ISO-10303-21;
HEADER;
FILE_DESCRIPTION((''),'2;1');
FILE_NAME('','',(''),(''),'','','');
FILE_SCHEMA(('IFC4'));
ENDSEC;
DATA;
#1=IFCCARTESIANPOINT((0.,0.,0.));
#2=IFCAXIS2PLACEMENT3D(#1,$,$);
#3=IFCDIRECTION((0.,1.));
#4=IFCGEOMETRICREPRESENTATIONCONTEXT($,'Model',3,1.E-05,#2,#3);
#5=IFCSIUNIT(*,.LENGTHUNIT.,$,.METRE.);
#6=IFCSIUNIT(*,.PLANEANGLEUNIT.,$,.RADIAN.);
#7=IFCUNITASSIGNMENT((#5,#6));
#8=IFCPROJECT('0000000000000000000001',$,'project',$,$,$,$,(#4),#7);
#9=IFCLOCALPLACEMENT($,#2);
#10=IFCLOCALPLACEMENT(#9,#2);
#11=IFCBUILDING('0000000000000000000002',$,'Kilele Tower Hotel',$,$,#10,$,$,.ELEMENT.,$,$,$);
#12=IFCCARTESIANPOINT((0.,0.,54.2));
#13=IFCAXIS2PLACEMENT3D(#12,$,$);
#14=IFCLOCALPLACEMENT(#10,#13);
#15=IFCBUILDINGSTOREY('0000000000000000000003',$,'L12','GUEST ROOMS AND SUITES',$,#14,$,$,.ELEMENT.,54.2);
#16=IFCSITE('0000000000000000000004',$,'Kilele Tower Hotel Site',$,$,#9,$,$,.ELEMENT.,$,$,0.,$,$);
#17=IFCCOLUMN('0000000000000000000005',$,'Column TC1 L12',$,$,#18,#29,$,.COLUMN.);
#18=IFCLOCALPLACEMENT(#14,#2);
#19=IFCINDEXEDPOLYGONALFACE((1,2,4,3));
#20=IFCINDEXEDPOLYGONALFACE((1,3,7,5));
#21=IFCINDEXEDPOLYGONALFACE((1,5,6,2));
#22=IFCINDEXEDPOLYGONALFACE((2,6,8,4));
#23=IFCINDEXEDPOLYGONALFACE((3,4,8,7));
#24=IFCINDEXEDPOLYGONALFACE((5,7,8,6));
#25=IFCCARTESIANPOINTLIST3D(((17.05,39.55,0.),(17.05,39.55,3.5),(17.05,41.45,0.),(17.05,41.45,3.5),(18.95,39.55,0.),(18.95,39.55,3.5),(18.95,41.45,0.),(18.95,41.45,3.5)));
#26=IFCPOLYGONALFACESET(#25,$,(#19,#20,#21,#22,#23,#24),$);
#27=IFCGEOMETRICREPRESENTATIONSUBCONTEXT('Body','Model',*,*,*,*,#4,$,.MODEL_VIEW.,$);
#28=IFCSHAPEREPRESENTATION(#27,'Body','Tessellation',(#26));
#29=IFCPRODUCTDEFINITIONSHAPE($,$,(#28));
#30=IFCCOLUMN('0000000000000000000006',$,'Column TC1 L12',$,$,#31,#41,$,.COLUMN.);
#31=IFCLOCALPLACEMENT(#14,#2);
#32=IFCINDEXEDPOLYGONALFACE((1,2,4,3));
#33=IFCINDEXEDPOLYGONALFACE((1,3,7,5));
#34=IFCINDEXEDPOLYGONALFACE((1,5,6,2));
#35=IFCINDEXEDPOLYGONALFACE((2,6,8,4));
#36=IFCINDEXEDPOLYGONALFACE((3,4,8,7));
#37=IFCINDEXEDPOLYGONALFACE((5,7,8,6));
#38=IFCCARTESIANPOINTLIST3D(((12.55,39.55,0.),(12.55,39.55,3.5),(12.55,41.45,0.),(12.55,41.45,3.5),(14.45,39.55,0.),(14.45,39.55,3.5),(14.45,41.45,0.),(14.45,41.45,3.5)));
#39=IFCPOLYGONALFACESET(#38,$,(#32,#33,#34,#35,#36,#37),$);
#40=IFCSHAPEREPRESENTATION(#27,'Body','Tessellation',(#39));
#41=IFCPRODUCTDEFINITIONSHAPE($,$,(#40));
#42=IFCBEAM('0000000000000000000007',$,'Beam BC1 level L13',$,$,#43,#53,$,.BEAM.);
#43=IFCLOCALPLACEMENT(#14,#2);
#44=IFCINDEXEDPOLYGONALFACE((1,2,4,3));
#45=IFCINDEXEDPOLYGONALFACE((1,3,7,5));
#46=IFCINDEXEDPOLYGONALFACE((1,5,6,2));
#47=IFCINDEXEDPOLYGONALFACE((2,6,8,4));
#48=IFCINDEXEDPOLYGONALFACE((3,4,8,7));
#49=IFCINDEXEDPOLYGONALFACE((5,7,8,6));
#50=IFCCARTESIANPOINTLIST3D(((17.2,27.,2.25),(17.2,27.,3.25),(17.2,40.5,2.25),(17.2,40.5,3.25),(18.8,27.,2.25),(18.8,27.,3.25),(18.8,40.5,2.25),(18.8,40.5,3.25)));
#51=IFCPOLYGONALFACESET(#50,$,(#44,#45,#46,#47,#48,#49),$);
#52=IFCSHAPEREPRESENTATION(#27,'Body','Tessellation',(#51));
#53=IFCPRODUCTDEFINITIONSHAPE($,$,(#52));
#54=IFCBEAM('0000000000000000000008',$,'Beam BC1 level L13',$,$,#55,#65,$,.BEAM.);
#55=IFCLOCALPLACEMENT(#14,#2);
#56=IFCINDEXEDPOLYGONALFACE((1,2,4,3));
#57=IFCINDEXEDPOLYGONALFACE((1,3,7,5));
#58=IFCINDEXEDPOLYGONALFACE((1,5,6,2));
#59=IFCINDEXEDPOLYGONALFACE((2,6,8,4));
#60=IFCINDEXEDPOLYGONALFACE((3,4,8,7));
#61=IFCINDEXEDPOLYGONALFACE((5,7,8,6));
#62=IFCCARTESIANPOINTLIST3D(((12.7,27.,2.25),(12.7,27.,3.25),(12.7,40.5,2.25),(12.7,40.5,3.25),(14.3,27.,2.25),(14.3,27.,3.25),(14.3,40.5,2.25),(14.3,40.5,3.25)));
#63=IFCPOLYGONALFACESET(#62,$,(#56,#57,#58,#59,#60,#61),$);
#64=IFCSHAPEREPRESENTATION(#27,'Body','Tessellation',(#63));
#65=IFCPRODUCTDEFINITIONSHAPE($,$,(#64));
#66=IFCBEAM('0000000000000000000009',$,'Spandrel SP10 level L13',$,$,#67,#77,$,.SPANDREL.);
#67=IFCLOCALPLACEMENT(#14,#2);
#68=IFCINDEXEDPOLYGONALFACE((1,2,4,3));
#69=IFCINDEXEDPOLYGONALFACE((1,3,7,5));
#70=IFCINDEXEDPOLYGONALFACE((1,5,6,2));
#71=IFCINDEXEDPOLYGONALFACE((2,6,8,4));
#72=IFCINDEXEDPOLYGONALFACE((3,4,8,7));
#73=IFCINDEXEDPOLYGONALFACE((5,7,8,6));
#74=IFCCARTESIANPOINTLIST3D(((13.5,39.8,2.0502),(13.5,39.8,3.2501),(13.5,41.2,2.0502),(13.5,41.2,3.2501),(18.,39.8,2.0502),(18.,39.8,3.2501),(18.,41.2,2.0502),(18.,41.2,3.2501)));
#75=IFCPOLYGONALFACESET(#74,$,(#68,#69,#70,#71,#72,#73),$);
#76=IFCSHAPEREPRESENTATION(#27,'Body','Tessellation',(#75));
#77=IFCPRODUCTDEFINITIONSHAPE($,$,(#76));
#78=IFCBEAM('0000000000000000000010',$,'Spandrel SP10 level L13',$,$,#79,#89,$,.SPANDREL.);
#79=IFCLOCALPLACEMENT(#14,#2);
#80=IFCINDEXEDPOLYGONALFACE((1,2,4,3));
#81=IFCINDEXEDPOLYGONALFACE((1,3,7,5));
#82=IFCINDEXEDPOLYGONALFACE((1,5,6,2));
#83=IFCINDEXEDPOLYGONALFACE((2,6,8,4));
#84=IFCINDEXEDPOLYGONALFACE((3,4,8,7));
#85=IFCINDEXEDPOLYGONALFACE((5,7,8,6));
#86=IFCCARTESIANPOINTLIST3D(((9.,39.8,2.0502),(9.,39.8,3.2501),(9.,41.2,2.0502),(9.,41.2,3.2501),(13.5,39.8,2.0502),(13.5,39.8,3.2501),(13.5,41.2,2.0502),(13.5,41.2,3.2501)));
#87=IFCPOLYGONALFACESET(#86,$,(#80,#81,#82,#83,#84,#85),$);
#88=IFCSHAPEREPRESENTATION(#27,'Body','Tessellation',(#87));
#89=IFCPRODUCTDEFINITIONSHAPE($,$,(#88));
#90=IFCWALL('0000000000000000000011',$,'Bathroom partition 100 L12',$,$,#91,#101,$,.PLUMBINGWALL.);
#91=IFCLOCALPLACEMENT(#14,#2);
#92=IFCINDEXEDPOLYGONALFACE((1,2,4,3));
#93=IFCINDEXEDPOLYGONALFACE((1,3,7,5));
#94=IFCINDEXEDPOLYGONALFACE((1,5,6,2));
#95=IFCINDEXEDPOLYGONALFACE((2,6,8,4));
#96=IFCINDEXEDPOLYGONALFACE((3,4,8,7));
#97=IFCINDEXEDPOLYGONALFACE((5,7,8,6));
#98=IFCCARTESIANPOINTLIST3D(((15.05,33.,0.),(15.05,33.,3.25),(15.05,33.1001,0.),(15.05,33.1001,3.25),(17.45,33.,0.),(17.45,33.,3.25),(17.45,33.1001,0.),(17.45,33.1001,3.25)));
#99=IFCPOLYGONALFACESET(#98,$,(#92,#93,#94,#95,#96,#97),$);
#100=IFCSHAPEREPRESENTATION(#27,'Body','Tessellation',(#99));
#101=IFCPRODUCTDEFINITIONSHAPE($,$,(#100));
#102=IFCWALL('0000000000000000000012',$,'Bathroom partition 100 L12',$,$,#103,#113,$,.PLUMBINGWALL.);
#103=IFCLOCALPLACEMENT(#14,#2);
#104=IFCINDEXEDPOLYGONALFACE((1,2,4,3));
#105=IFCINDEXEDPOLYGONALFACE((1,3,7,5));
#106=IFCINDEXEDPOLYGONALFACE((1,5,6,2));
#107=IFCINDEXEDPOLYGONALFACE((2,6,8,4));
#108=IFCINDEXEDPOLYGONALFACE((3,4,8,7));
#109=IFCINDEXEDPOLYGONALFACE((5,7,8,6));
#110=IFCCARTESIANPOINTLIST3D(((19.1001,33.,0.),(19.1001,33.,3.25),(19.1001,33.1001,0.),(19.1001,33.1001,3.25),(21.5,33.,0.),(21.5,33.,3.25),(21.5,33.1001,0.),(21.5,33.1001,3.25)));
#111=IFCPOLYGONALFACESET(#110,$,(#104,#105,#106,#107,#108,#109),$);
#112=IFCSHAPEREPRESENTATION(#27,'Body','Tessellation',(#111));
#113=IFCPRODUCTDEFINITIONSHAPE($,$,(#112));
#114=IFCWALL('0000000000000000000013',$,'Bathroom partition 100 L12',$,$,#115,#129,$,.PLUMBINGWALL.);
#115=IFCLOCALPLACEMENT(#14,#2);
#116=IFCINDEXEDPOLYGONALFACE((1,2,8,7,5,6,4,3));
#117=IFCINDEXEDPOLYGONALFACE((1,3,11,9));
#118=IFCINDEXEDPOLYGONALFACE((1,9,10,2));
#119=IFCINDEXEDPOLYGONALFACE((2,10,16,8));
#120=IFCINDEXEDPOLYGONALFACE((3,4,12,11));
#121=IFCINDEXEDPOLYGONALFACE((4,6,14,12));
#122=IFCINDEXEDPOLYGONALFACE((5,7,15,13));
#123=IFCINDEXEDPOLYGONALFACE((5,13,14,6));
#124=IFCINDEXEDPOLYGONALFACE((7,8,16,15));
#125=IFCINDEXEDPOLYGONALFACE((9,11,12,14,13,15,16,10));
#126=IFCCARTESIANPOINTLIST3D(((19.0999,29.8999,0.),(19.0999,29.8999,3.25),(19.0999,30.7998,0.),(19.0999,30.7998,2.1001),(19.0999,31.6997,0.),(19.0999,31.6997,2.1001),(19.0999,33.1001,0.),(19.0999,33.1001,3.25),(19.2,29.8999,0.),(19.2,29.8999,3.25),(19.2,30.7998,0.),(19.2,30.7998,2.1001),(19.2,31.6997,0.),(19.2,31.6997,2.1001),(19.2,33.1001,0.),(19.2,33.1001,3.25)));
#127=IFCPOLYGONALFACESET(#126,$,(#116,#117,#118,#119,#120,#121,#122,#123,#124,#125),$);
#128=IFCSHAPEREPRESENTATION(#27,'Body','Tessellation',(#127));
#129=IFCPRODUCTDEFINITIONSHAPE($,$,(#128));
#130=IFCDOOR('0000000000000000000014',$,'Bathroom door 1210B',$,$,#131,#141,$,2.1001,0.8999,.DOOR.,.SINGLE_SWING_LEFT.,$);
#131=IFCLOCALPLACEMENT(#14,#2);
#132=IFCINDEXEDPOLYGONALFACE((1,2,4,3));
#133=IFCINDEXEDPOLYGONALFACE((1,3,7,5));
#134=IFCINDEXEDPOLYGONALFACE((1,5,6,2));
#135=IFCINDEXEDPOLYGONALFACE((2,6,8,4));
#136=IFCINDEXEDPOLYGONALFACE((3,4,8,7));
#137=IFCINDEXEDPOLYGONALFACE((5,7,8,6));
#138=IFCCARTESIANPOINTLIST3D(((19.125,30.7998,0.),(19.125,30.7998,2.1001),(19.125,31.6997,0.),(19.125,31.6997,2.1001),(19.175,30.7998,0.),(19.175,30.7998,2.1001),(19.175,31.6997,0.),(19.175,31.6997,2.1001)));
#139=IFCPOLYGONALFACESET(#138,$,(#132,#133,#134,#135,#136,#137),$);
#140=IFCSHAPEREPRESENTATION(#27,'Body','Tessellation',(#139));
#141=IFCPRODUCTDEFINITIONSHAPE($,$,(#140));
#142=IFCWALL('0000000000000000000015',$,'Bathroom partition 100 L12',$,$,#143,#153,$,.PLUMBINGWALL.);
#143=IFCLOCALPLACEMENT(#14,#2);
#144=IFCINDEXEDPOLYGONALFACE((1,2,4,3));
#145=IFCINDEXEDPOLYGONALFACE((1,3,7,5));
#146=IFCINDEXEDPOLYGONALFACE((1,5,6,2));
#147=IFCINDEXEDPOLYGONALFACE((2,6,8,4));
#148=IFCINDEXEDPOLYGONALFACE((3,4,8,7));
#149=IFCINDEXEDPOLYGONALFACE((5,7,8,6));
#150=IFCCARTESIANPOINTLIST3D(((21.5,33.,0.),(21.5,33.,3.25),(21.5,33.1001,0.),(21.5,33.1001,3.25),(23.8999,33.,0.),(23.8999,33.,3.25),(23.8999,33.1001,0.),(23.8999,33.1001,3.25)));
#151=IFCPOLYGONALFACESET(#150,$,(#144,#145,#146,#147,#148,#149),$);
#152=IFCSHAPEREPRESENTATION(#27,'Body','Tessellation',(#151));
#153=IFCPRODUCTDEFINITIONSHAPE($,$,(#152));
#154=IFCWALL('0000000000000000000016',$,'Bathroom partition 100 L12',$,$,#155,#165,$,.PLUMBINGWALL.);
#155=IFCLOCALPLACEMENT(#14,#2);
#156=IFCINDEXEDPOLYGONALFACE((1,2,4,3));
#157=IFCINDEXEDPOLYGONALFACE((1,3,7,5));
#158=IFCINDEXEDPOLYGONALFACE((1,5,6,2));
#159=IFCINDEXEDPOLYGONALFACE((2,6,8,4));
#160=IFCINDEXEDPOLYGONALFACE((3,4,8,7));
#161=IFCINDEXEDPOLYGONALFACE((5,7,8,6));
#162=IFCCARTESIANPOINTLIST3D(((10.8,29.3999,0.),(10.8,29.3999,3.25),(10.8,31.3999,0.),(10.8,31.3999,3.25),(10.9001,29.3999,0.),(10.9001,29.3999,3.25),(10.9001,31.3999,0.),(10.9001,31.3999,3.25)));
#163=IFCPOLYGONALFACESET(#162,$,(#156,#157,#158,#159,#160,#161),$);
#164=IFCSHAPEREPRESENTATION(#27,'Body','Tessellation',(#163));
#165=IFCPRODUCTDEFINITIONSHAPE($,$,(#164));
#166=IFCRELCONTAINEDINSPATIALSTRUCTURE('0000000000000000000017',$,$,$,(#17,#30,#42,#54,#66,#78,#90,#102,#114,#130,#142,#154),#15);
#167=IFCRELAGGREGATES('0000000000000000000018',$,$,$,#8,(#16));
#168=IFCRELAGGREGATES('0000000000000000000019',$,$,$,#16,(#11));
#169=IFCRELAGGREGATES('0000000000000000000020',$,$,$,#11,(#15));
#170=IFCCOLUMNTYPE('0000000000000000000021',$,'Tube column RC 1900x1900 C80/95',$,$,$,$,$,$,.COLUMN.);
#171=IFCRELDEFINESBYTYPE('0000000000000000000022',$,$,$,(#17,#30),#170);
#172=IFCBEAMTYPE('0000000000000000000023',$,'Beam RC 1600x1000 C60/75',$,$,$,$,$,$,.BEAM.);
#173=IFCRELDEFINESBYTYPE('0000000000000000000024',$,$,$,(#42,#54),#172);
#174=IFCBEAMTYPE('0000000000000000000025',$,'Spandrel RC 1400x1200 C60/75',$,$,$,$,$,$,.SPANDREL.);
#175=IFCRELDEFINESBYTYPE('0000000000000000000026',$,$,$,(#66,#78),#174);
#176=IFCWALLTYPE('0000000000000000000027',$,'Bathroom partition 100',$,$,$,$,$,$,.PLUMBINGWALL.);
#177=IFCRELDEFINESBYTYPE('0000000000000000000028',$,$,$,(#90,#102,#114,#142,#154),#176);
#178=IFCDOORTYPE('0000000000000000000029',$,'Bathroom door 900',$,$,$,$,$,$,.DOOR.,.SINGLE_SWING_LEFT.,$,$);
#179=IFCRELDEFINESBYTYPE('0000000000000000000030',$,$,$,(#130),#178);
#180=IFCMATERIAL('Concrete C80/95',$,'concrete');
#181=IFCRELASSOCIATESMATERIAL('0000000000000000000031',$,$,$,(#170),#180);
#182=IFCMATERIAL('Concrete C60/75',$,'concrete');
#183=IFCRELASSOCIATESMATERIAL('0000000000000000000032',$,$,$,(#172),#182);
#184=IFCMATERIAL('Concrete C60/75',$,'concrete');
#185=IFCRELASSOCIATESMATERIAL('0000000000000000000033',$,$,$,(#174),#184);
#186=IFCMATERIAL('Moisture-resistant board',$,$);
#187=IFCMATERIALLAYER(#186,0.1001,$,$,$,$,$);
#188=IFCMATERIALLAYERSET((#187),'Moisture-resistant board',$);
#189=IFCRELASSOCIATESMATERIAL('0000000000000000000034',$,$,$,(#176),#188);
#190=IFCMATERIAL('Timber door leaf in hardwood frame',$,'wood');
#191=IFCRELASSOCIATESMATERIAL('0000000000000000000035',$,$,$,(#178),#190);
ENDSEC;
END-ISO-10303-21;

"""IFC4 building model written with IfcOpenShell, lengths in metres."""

from ifc_helpers import new_model, si_unit, direction, frame, frame_2d, origin, origin_2d, place, context, subcontext, project, spatial, rectangle, extrude, material, layer, layer_set, material_profile, profile_set, type_object, element, fill, save


model = new_model("IFC4")

# Units and contexts
model_context = context("Model", 3, precision=1e-05, world=origin(), true_north=direction((0.0, 1.0)))
body_context = subcontext(model_context, "Body", "Model", "MODEL_VIEW")
ifc_project = project(units=[si_unit("LENGTHUNIT", "METRE"), si_unit("PLANEANGLEUNIT", "RADIAN")], contexts=[model_context])

# Site, building, storey
site_placement = place(None, origin())
site = spatial("IfcSite", under=ifc_project, at=site_placement, Name="Kilele Tower Hotel Site", CompositionType="ELEMENT", RefElevation=0.0)
building_placement = place(site_placement, origin())
building = spatial("IfcBuilding", under=site, at=building_placement, Name="Kilele Tower Hotel", CompositionType="ELEMENT")
storey_placement = place(building_placement, frame((0.0, 0.0, 54.2)))
storey = spatial("IfcBuildingStorey", under=building, at=storey_placement, Name="L12", Description="GUEST ROOMS AND SUITES", CompositionType="ELEMENT", Elevation=54.2)

# Columns
ifc_material_1 = material(Name="Concrete C80/95", Category="concrete")
ifc_material_profile_1 = material_profile(ifc_material_1, rectangle(XDim=1.8999, YDim=1.8999, at=origin_2d()))
ifc_profile_set_1 = profile_set([ifc_material_profile_1], Name="Concrete C80/95")
column_type = type_object("IfcColumnType", Name="Tube column RC 1900x1900 C80/95", PredefinedType="COLUMN", material=ifc_profile_set_1)
for number, where, z_axis, x_axis, name in (
    (1, (18.0, 40.5, 0.0), (0.0, 0.0, 1.0), (1.0, 0.0, 0.0), "Column TC1 L12"),
    (2, (13.5, 40.5, 0.0), (0.0, 0.0, 1.0), (1.0, 0.0, 0.0), "Column TC1 L12"),
):
    element("IfcColumn", number, at=place(storey_placement, frame(where, z_axis=z_axis, x_axis=x_axis)), inside=storey, type_object=column_type, Name=name, PredefinedType="COLUMN", context=body_context, shape_type="SweptSolid", body=[
        extrude(rectangle(XDim=1.8999, YDim=1.8999, at=origin_2d()), origin(), (0.0, 0.0, 1.0), 3.5),
    ])

# Beams
ifc_material_2 = material(Name="Concrete C60/75", Category="concrete")
ifc_material_profile_2 = material_profile(ifc_material_2, rectangle(XDim=1.6001, YDim=1.0, at=origin_2d()))
ifc_profile_set_2 = profile_set([ifc_material_profile_2], Name="Concrete C60/75")
beam_type_1 = type_object("IfcBeamType", Name="Beam RC 1600x1000 C60/75", PredefinedType="BEAM", material=ifc_profile_set_2)
for number, where, z_axis, x_axis, name in (
    (3, (18.0, 40.5, 2.75), (0.0, -1.0, 0.0), (1.0, 0.0, 0.0), "Beam BC1 level L13"),
    (4, (13.5, 40.5, 2.75), (0.0, -1.0, 0.0), (1.0, 0.0, 0.0), "Beam BC1 level L13"),
):
    element("IfcBeam", number, at=place(storey_placement, frame(where, z_axis=z_axis, x_axis=x_axis)), inside=storey, type_object=beam_type_1, Name=name, PredefinedType="BEAM", context=body_context, shape_type="SweptSolid", body=[
        extrude(rectangle(XDim=1.6001, YDim=1.0, at=origin_2d()), origin(), (0.0, 0.0, 1.0), 13.5),
    ])
ifc_material_3 = material(Name="Concrete C60/75", Category="concrete")
ifc_material_profile_3 = material_profile(ifc_material_3, rectangle(XDim=1.3999, YDim=1.2, at=origin_2d()))
ifc_profile_set_3 = profile_set([ifc_material_profile_3], Name="Concrete C60/75")
beam_type_2 = type_object("IfcBeamType", Name="Spandrel RC 1400x1200 C60/75", PredefinedType="SPANDREL", material=ifc_profile_set_3)
for number, where, z_axis, x_axis, name in (
    (5, (18.0, 40.5, 2.6501), (-1.0, 0.0, 0.0), (0.0, -1.0, 0.0), "Spandrel SP10 level L13"),
    (6, (13.5, 40.5, 2.6501), (-1.0, 0.0, 0.0), (0.0, -1.0, 0.0), "Spandrel SP10 level L13"),
):
    element("IfcBeam", number, at=place(storey_placement, frame(where, z_axis=z_axis, x_axis=x_axis)), inside=storey, type_object=beam_type_2, Name=name, PredefinedType="SPANDREL", context=body_context, shape_type="SweptSolid", body=[
        extrude(rectangle(XDim=1.3999, YDim=1.2, at=origin_2d()), origin(), (0.0, 0.0, 1.0), 4.5),
    ])

# Walls
ifc_material_4 = material(Name="Moisture-resistant board")
ifc_layer_1 = layer(ifc_material_4, 0.1001)
ifc_layer_set_1 = layer_set([ifc_layer_1], Name="Moisture-resistant board")
wall_type_1 = type_object("IfcWallType", Name="Bathroom partition 100", PredefinedType="PLUMBINGWALL", material=ifc_layer_set_1)
for number, where, z_axis, x_axis, name in (
    (7, (15.05, 33.05, 0.0), (0.0, 0.0, 1.0), (1.0, 0.0, 0.0), "Bathroom partition 100 L12"),
    (8, (19.1001, 33.05, 0.0), (0.0, 0.0, 1.0), (1.0, 0.0, 0.0), "Bathroom partition 100 L12"),
):
    element("IfcWall", number, at=place(storey_placement, frame(where, z_axis=z_axis, x_axis=x_axis)), inside=storey, type_object=wall_type_1, Name=name, PredefinedType="PLUMBINGWALL", context=body_context, shape_type="SweptSolid", body=[
        extrude(rectangle(XDim=2.3999, YDim=0.1001, at=frame_2d((1.2, 0.0))), origin(), (0.0, 0.0, 1.0), 3.25),
    ])

# Wall, opening, door
wall_1_placement = place(storey_placement, frame((19.1499, 29.8999, 0.0), z_axis=(0.0, 0.0, 1.0), x_axis=(0.0, 1.0, 0.0)))
wall_1 = element("IfcWall", 9, at=wall_1_placement, inside=storey, type_object=wall_type_1, Name="Bathroom partition 100 L12", PredefinedType="PLUMBINGWALL", context=body_context, shape_type="SweptSolid", body=[
    extrude(rectangle(XDim=3.2002, YDim=0.1001, at=frame_2d((1.6001, 0.0))), origin(), (0.0, 0.0, 1.0), 3.25),
])
opening_1_placement = place(wall_1_placement, frame((0.8999, 0.0, 0.0)))
opening_1 = element("IfcOpeningElement", 10, at=opening_1_placement, cuts=wall_1, PredefinedType="OPENING", context=body_context, shape_type="SweptSolid", body=[
    extrude(rectangle(XDim=0.8999, YDim=2.1001, at=frame_2d((0.45, 1.05))), frame((0.0, 0.0601, 0.0), z_axis=(0.0, -1.0, 0.0), x_axis=(1.0, 0.0, 0.0)), (0.0, 0.0, 1.0), 0.1201),
])
ifc_material_5 = material(Name="Timber door leaf in hardwood frame", Category="wood")
door_type_1 = type_object("IfcDoorType", Name="Bathroom door 900", OperationType="SINGLE_SWING_LEFT", PredefinedType="DOOR", material=ifc_material_5)
door_1_placement = place(opening_1_placement, origin())
door_1 = element("IfcDoor", 11, at=door_1_placement, inside=storey, type_object=door_type_1, Name="Bathroom door 1210B", OperationType="SINGLE_SWING_LEFT", OverallHeight=2.1001, OverallWidth=0.8999, PredefinedType="DOOR", context=body_context, shape_type="SweptSolid", body=[
    extrude(rectangle(XDim=0.8999, YDim=2.1001, at=frame_2d((0.45, 1.05))), frame((0.0, 0.0249, 0.0), z_axis=(0.0, -1.0, 0.0), x_axis=(1.0, 0.0, 0.0)), (0.0, 0.0, 1.0), 0.05),
])
fill(opening_1, door_1)

# Walls
wall_2_placement = place(storey_placement, frame((21.5, 33.05, 0.0), z_axis=(0.0, 0.0, 1.0), x_axis=(1.0, 0.0, 0.0)))
element("IfcWall", 12, at=wall_2_placement, inside=storey, type_object=wall_type_1, Name="Bathroom partition 100 L12", PredefinedType="PLUMBINGWALL", context=body_context, shape_type="SweptSolid", body=[
    extrude(rectangle(XDim=2.3999, YDim=0.1001, at=frame_2d((1.2, 0.0))), origin(), (0.0, 0.0, 1.0), 3.25),
])
wall_3_placement = place(storey_placement, frame((10.8501, 31.3999, 0.0), z_axis=(0.0, 0.0, 1.0), x_axis=(0.0, -1.0, 0.0)))
element("IfcWall", 13, at=wall_3_placement, inside=storey, type_object=wall_type_1, Name="Bathroom partition 100 L12", PredefinedType="PLUMBINGWALL", context=body_context, shape_type="SweptSolid", body=[
    extrude(rectangle(XDim=2.0, YDim=0.1001, at=frame_2d((1.0, 0.0))), origin(), (0.0, 0.0, 1.0), 3.25),
])

save(model, "model.ifc")
